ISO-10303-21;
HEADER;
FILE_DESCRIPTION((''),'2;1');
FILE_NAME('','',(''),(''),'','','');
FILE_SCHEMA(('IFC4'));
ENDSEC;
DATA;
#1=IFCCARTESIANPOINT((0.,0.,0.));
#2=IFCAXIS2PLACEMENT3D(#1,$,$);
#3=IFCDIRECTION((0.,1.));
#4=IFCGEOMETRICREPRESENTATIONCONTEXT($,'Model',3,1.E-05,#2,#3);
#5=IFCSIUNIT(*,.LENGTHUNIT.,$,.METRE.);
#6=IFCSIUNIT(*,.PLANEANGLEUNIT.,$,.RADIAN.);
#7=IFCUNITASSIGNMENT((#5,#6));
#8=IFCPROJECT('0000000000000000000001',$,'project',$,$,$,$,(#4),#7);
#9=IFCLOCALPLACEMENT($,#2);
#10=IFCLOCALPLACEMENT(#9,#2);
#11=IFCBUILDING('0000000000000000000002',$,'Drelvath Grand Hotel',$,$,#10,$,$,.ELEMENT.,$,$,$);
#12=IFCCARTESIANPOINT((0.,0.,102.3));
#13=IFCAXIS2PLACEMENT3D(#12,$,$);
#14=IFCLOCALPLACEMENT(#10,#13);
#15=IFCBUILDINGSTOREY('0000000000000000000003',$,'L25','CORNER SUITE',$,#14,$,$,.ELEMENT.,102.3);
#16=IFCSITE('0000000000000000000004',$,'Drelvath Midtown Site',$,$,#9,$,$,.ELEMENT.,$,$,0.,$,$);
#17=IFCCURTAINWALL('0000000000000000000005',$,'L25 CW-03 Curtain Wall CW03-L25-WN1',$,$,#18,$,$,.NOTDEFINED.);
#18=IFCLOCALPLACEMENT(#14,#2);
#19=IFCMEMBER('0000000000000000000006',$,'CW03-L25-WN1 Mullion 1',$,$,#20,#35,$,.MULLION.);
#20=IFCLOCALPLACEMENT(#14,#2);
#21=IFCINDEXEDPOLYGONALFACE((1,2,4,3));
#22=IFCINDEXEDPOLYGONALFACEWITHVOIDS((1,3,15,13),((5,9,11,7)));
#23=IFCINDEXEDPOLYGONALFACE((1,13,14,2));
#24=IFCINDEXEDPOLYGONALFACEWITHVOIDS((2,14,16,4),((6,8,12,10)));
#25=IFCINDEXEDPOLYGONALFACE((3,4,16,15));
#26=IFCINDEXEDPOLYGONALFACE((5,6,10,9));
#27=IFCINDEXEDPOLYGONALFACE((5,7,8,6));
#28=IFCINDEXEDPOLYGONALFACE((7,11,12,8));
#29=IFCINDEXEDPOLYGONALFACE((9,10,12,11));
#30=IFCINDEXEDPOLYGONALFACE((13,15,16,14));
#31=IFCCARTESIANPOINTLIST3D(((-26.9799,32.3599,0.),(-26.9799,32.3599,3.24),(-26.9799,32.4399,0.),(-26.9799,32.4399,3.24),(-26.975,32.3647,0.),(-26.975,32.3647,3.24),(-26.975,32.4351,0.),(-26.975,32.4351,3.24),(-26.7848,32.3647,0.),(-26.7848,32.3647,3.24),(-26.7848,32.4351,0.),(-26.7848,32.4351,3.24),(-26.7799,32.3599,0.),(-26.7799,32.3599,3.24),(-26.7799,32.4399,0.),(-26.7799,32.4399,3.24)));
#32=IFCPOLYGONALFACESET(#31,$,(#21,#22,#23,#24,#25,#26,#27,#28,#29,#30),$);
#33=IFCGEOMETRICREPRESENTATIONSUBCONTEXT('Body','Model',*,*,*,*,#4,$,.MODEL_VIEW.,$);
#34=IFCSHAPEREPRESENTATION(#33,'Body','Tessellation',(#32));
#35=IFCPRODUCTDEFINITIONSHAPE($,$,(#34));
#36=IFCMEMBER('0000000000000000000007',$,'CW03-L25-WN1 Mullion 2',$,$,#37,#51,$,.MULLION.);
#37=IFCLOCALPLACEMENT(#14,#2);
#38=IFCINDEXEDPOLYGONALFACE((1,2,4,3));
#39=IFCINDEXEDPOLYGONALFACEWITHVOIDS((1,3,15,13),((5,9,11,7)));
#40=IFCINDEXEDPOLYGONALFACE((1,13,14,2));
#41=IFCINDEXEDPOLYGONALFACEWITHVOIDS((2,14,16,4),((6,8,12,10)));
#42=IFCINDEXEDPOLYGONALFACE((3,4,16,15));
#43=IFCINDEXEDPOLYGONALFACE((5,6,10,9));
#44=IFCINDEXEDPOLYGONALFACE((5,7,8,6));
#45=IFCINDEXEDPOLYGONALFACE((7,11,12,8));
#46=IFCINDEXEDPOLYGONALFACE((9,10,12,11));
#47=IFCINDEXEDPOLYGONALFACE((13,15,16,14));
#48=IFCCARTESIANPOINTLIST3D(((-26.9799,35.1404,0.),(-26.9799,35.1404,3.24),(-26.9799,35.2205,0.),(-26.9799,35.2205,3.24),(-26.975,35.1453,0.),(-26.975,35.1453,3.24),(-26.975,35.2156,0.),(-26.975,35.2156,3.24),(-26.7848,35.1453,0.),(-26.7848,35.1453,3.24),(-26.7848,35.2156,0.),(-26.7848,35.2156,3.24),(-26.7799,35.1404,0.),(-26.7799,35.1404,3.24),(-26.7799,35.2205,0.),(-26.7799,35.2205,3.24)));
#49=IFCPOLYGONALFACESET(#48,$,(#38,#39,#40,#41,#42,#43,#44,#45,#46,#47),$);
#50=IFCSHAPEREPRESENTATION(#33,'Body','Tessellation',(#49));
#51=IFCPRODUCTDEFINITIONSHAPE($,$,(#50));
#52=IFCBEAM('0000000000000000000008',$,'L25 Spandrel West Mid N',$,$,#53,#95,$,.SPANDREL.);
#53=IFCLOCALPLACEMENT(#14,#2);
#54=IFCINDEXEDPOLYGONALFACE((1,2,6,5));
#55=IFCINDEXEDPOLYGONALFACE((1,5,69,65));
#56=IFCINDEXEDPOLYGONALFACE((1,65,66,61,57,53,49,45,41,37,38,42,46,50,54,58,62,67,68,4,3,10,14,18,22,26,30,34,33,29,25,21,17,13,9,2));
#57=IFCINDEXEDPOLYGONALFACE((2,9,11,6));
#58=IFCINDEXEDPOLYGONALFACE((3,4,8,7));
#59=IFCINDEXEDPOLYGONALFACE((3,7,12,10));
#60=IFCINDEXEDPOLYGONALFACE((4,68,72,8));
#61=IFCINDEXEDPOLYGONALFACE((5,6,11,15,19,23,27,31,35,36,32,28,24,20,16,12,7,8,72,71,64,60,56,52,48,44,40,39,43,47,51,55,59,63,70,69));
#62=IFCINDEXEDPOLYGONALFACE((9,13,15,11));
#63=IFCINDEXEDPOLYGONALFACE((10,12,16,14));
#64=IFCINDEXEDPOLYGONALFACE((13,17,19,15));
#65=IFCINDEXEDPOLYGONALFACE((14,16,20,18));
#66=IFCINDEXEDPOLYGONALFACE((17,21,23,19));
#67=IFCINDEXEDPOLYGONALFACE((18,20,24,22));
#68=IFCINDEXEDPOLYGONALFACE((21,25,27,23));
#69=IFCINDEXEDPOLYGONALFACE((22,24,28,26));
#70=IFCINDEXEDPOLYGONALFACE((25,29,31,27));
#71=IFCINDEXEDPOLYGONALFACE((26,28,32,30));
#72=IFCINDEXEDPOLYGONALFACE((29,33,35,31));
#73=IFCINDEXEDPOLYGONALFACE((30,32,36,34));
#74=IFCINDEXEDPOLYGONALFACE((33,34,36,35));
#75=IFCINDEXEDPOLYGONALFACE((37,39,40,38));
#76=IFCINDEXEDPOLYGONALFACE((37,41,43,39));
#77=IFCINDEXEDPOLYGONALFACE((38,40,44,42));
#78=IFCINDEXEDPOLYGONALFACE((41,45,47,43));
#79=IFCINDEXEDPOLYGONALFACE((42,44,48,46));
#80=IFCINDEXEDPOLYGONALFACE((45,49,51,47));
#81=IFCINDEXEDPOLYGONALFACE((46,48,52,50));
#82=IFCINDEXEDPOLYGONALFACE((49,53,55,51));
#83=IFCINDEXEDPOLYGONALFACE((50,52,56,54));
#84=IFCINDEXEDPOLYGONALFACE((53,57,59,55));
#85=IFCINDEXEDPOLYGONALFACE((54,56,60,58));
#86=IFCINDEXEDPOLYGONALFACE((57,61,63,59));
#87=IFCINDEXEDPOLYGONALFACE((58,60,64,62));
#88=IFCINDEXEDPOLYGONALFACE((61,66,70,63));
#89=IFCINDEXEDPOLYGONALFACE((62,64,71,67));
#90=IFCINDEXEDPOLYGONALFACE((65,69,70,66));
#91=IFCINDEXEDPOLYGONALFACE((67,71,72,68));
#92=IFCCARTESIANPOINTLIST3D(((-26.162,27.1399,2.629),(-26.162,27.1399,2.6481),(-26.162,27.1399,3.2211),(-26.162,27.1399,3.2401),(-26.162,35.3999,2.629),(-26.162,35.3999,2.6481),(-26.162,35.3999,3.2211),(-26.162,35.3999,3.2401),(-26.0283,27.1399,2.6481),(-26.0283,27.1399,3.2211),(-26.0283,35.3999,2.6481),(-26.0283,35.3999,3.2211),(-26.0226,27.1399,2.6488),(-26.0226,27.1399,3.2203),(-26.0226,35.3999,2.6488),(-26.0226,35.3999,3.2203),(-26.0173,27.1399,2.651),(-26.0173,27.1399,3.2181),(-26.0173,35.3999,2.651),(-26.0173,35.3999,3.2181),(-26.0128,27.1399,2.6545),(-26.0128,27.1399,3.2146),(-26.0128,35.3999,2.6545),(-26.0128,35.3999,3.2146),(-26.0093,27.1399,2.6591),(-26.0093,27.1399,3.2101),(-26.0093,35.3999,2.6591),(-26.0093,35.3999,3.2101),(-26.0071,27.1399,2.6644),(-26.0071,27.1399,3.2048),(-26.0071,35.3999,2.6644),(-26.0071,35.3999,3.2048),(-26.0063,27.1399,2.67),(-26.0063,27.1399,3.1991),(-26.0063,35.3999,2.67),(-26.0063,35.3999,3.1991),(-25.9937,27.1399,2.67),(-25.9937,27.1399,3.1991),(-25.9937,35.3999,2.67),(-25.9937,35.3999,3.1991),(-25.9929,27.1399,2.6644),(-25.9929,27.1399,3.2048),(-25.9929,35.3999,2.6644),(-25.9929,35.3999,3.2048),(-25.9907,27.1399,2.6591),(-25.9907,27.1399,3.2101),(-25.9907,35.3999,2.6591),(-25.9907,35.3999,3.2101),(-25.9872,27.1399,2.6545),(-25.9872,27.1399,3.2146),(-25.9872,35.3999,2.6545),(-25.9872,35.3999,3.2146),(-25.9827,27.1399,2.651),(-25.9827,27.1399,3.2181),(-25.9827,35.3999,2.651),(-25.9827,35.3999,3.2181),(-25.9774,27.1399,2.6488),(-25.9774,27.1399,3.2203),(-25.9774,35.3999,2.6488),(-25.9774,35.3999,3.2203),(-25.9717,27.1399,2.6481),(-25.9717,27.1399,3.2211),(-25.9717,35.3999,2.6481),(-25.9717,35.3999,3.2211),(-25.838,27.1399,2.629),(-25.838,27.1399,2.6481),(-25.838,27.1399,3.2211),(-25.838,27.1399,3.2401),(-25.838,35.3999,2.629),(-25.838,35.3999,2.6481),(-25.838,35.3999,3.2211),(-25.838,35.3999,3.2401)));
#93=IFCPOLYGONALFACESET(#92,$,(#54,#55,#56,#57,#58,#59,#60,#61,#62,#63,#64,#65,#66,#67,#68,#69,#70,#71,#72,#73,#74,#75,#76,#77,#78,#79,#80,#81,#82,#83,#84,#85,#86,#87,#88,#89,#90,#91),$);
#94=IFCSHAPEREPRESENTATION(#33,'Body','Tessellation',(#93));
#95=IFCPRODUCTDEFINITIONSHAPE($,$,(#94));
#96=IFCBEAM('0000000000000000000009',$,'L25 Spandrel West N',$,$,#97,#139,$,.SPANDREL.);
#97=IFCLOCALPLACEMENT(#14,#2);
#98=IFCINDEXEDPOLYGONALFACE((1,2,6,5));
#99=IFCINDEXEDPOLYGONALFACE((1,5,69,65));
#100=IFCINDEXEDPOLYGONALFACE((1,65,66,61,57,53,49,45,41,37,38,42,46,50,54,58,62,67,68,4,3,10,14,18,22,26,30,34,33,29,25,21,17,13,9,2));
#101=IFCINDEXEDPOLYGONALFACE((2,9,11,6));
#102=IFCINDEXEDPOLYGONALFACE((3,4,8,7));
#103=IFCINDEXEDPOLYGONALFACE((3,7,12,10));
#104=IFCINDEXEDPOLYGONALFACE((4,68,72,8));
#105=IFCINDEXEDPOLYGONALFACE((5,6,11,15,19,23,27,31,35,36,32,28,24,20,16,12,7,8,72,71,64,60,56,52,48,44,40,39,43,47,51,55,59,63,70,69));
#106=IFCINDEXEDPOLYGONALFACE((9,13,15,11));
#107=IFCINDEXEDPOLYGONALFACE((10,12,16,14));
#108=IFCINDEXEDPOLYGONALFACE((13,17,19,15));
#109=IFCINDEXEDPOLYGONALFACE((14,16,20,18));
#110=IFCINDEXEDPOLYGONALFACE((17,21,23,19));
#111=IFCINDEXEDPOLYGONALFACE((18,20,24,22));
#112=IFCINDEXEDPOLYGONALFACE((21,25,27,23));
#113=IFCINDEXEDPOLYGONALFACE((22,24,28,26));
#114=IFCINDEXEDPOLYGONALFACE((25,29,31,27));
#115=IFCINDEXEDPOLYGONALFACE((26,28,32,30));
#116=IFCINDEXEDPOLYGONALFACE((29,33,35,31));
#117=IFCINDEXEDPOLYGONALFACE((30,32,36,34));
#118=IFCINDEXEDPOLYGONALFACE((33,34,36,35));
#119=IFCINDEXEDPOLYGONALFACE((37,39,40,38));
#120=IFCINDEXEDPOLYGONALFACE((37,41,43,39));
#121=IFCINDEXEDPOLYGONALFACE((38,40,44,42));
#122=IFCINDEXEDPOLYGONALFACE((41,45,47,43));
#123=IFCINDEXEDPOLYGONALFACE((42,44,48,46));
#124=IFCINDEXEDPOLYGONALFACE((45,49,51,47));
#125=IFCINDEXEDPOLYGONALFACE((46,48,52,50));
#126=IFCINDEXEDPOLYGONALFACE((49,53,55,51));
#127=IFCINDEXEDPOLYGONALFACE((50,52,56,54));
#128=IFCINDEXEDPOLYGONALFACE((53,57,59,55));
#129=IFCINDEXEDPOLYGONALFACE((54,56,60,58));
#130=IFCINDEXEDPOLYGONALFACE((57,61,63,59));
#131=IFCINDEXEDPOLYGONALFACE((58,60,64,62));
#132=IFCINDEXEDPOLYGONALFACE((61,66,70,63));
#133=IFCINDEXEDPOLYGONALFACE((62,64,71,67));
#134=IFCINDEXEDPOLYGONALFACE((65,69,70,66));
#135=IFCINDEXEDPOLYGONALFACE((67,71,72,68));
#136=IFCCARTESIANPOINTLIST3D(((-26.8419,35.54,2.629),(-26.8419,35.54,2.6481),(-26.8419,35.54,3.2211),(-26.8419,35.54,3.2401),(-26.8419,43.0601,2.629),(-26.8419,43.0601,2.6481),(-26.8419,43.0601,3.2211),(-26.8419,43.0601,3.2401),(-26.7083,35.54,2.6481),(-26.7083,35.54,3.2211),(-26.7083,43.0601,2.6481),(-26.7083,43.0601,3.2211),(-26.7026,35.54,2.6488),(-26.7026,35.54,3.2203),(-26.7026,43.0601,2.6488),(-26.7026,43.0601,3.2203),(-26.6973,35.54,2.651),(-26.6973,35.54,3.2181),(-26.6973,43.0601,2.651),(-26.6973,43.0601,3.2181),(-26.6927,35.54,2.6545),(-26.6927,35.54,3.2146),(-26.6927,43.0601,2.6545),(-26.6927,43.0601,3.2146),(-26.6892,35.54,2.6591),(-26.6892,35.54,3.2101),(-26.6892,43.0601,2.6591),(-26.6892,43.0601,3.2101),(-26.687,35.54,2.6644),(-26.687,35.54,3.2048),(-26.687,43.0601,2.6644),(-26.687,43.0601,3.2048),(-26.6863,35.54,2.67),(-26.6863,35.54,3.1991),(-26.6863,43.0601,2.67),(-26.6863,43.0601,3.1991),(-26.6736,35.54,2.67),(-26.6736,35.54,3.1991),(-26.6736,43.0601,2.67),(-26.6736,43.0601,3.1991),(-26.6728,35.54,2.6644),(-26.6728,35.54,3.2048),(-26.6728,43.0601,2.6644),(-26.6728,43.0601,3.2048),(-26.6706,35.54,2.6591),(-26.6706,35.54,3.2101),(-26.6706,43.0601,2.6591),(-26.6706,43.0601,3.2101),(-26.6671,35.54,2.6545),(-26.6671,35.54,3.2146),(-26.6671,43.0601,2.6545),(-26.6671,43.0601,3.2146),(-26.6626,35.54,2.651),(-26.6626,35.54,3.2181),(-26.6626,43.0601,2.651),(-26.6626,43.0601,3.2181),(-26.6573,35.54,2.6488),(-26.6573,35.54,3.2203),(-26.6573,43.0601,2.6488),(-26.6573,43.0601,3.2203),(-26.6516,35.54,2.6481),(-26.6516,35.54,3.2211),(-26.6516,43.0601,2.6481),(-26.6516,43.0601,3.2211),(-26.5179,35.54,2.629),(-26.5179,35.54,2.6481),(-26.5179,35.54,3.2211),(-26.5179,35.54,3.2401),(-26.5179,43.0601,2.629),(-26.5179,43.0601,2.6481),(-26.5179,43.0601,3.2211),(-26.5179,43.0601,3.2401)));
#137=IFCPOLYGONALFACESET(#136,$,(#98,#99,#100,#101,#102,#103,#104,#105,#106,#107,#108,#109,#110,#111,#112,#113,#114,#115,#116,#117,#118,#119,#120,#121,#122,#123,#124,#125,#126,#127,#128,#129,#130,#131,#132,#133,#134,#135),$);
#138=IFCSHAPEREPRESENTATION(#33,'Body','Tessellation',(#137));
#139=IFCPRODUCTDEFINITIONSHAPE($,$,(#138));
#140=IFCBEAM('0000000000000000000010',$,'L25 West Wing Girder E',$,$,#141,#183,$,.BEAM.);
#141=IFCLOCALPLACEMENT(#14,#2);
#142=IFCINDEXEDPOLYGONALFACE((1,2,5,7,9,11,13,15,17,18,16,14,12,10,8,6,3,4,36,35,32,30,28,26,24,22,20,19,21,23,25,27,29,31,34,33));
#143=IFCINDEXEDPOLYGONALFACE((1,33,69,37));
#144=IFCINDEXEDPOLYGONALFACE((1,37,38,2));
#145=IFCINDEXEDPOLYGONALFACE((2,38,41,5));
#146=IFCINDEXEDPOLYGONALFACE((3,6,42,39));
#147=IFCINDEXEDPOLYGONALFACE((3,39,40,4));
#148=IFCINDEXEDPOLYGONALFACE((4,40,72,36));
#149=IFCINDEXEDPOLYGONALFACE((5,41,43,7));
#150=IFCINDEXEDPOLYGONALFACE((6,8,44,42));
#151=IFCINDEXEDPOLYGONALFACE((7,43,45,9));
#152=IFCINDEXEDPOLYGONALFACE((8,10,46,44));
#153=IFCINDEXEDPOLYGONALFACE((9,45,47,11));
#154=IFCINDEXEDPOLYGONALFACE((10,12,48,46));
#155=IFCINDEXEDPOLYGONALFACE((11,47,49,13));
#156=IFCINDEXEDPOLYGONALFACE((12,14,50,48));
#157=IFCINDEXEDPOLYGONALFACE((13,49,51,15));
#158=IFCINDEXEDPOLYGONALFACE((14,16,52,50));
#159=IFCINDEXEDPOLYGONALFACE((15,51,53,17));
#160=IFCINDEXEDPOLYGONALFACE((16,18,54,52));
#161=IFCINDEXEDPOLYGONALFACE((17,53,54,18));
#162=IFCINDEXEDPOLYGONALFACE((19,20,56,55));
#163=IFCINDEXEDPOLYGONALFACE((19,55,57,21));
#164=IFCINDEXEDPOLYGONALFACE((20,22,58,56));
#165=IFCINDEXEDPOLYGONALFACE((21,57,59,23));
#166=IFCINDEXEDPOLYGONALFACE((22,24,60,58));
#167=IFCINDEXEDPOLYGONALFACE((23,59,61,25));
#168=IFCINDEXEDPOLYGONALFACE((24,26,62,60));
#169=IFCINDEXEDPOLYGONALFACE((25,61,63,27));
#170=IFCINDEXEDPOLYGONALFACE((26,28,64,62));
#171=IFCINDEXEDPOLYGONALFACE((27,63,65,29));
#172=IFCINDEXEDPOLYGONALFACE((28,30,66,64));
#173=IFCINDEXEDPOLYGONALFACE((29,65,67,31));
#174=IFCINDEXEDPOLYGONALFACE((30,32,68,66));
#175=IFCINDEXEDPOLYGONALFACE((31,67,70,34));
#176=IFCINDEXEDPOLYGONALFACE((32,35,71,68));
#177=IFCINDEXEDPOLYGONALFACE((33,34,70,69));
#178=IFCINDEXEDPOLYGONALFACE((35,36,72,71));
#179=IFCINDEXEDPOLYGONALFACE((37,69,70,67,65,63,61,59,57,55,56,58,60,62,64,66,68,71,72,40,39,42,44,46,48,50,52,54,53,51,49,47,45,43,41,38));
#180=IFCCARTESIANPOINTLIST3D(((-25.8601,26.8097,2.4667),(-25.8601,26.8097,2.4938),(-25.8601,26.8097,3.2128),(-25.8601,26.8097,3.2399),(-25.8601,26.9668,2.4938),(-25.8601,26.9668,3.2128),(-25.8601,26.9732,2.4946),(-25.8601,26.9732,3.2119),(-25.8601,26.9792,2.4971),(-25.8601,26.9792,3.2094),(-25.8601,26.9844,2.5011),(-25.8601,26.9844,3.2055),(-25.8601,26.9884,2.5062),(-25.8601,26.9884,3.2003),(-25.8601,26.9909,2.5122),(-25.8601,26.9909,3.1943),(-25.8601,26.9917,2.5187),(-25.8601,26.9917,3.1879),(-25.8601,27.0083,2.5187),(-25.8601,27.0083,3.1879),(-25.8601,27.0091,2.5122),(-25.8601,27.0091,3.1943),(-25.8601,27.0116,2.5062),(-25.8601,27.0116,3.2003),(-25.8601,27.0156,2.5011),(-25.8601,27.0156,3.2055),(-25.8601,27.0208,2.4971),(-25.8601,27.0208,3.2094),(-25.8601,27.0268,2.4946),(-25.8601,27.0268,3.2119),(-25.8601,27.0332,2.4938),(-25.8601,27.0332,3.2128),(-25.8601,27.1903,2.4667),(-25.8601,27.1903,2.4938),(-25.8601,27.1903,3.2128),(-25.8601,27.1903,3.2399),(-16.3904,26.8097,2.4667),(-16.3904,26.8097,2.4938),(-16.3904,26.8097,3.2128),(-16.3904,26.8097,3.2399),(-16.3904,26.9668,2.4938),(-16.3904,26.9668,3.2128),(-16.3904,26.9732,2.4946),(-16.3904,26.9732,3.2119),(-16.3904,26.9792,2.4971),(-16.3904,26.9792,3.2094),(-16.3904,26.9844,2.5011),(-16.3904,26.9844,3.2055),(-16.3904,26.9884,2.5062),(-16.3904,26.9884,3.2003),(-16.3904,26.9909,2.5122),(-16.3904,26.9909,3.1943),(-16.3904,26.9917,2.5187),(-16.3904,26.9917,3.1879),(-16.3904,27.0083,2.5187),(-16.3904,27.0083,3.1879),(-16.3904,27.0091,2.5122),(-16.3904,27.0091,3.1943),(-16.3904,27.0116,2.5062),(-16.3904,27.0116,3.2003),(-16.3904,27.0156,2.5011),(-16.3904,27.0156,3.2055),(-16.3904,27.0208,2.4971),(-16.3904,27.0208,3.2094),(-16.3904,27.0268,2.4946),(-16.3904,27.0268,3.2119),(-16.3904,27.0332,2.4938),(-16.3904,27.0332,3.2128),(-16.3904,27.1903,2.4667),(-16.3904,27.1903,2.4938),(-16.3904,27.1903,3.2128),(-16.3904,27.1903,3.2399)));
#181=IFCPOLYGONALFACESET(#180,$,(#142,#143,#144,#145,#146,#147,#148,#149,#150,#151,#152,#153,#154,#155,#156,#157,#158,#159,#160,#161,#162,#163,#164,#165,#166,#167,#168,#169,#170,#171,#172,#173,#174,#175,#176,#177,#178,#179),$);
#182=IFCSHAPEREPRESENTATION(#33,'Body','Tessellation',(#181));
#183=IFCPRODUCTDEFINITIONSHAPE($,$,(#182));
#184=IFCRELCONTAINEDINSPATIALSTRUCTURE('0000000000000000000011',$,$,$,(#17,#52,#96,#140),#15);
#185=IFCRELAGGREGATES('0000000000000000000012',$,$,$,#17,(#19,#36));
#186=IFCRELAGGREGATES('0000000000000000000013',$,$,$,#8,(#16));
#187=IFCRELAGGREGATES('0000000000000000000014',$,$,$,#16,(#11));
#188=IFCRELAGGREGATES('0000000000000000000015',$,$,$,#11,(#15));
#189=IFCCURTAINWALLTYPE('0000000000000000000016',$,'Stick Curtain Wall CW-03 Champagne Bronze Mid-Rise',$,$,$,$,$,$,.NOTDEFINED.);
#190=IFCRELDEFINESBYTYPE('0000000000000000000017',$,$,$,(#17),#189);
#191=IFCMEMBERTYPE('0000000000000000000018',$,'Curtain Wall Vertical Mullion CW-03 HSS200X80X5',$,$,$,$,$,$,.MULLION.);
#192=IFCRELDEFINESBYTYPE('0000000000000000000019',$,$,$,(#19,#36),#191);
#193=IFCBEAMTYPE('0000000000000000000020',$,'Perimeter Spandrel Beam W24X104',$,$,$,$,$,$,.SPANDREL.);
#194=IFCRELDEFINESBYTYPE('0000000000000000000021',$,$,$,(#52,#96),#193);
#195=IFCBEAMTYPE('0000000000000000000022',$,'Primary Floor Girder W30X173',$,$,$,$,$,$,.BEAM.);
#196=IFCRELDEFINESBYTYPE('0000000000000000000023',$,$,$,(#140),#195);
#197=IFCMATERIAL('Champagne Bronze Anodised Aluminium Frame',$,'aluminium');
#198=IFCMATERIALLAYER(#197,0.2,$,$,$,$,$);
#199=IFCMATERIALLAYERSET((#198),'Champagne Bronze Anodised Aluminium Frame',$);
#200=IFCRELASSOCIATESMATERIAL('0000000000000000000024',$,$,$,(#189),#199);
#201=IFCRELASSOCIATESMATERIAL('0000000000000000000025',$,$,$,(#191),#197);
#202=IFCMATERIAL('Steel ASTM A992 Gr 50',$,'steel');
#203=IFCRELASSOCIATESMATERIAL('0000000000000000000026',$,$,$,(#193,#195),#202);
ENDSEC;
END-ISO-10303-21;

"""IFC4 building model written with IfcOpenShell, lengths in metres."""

from ifc_helpers import new_model, si_unit, direction, frame, origin, origin_2d, place, context, subcontext, project, spatial, hollow_rectangle, i_section, extrude, material, layer, layer_set, material_profile, profile_set, type_object, element, aggregate, save


model = new_model("IFC4")

# Units and contexts
model_context = context("Model", 3, precision=1e-05, world=origin(), true_north=direction((0.0, 1.0)))
body_context = subcontext(model_context, "Body", "Model", "MODEL_VIEW")
ifc_project = project(units=[si_unit("LENGTHUNIT", "METRE"), si_unit("PLANEANGLEUNIT", "RADIAN")], contexts=[model_context])

# Site, building, storey
site_placement = place(None, origin())
site = spatial("IfcSite", under=ifc_project, at=site_placement, Name="Drelvath Midtown Site", CompositionType="ELEMENT", RefElevation=0.0)
building_placement = place(site_placement, origin())
building = spatial("IfcBuilding", under=site, at=building_placement, Name="Drelvath Grand Hotel", CompositionType="ELEMENT")
storey_placement = place(building_placement, frame((0.0, 0.0, 102.3)))
storey = spatial("IfcBuildingStorey", under=building, at=storey_placement, Name="L25", Description="CORNER SUITE", CompositionType="ELEMENT", Elevation=102.3)

# Curtain wall
ifc_material_1 = material(Name="Champagne Bronze Anodised Aluminium Frame", Category="aluminium")
ifc_layer_1 = layer(ifc_material_1, 0.2)
ifc_layer_set_1 = layer_set([ifc_layer_1], Name="Champagne Bronze Anodised Aluminium Frame")
curtain_wall_type = type_object("IfcCurtainWallType", Name="Stick Curtain Wall CW-03 Champagne Bronze Mid-Rise", PredefinedType="NOTDEFINED", material=ifc_layer_set_1)
curtain_wall_1_placement = place(storey_placement, origin())
curtain_wall_1 = element("IfcCurtainWall", 1, at=curtain_wall_1_placement, inside=storey, type_object=curtain_wall_type, Name="L25 CW-03 Curtain Wall CW03-L25-WN1", PredefinedType="NOTDEFINED")
ifc_material_profile_1 = material_profile(ifc_material_1, hollow_rectangle(XDim=0.0801, YDim=0.2, WallThickness=0.0049, at=origin_2d()), Name="HSS200X80X5")
ifc_profile_set_1 = profile_set([ifc_material_profile_1], Name="Champagne Bronze Anodised Aluminium Frame")
member_type_1 = type_object("IfcMemberType", Name="Curtain Wall Vertical Mullion CW-03 HSS200X80X5", PredefinedType="MULLION", material=ifc_profile_set_1)

# Members
member_1_placement = place(storey_placement, frame((-26.8799, 32.3999, 0.0), z_axis=(0.0, 0.0, 1.0), x_axis=(0.0, 1.0, 0.0)))
member_1 = element("IfcMember", 2, at=member_1_placement, type_object=member_type_1, Name="CW03-L25-WN1 Mullion 1", PredefinedType="MULLION", context=body_context, shape_type="SweptSolid", body=[
    extrude(hollow_rectangle(XDim=0.0801, YDim=0.2, WallThickness=0.0049, at=origin_2d()), origin(), (0.0, 0.0, 1.0), 3.24),
])
member_2_placement = place(storey_placement, frame((-26.8799, 35.1804, 0.0), z_axis=(0.0, 0.0, 1.0), x_axis=(0.0, 1.0, 0.0)))
member_2 = element("IfcMember", 3, at=member_2_placement, type_object=member_type_1, Name="CW03-L25-WN1 Mullion 2", PredefinedType="MULLION", context=body_context, shape_type="SweptSolid", body=[
    extrude(hollow_rectangle(XDim=0.0801, YDim=0.2, WallThickness=0.0049, at=origin_2d()), origin(), (0.0, 0.0, 1.0), 3.24),
])

# Beams
ifc_material_2 = material(Name="Steel ASTM A992 Gr 50", Category="steel")
ifc_material_profile_2 = material_profile(ifc_material_2, i_section(OverallWidth=0.324, OverallDepth=0.6111, WebThickness=0.0127, FlangeThickness=0.019, FilletRadius=0.022, at=origin_2d()), Name="W24X104")
ifc_profile_set_2 = profile_set([ifc_material_profile_2], Name="Steel ASTM A992 Gr 50")
beam_type_1 = type_object("IfcBeamType", Name="Perimeter Spandrel Beam W24X104", PredefinedType="SPANDREL", material=ifc_profile_set_2)
beam_1_placement = place(storey_placement, frame((-26.0, 27.1399, 2.9346), z_axis=(0.0, 1.0, 0.0), x_axis=(-1.0, 0.0, 0.0)))
element("IfcBeam", 4, at=beam_1_placement, inside=storey, type_object=beam_type_1, Name="L25 Spandrel West Mid N", PredefinedType="SPANDREL", context=body_context, shape_type="SweptSolid", body=[
    extrude(i_section(OverallWidth=0.324, OverallDepth=0.6111, WebThickness=0.0127, FlangeThickness=0.019, FilletRadius=0.022, at=origin_2d()), origin(), (0.0, 0.0, 1.0), 8.26),
])
beam_2_placement = place(storey_placement, frame((-26.6799, 35.54, 2.9346), z_axis=(0.0, 1.0, 0.0), x_axis=(-1.0, 0.0, 0.0)))
element("IfcBeam", 5, at=beam_2_placement, inside=storey, type_object=beam_type_1, Name="L25 Spandrel West N", PredefinedType="SPANDREL", context=body_context, shape_type="SweptSolid", body=[
    extrude(i_section(OverallWidth=0.324, OverallDepth=0.6111, WebThickness=0.0127, FlangeThickness=0.019, FilletRadius=0.022, at=origin_2d()), origin(), (0.0, 0.0, 1.0), 7.52),
])
ifc_material_profile_3 = material_profile(ifc_material_2, i_section(OverallWidth=0.3806, OverallDepth=0.7732, WebThickness=0.0166, FlangeThickness=0.0271, FilletRadius=0.0249, at=origin_2d()), Name="W30X173")
ifc_profile_set_3 = profile_set([ifc_material_profile_3], Name="Steel ASTM A992 Gr 50")
beam_type_2 = type_object("IfcBeamType", Name="Primary Floor Girder W30X173", PredefinedType="BEAM", material=ifc_profile_set_3)
beam_3_placement = place(storey_placement, frame((-25.8601, 27.0, 2.8533), z_axis=(1.0, 0.0, 0.0), x_axis=(0.0, 1.0, 0.0)))
element("IfcBeam", 6, at=beam_3_placement, inside=storey, type_object=beam_type_2, Name="L25 West Wing Girder E", PredefinedType="BEAM", context=body_context, shape_type="SweptSolid", body=[
    extrude(i_section(OverallWidth=0.3806, OverallDepth=0.7732, WebThickness=0.0166, FlangeThickness=0.0271, FilletRadius=0.0249, at=origin_2d()), origin(), (0.0, 0.0, 1.0), 9.4697),
])

aggregate(curtain_wall_1, [member_1, member_2])

save(model, "model.ifc")
